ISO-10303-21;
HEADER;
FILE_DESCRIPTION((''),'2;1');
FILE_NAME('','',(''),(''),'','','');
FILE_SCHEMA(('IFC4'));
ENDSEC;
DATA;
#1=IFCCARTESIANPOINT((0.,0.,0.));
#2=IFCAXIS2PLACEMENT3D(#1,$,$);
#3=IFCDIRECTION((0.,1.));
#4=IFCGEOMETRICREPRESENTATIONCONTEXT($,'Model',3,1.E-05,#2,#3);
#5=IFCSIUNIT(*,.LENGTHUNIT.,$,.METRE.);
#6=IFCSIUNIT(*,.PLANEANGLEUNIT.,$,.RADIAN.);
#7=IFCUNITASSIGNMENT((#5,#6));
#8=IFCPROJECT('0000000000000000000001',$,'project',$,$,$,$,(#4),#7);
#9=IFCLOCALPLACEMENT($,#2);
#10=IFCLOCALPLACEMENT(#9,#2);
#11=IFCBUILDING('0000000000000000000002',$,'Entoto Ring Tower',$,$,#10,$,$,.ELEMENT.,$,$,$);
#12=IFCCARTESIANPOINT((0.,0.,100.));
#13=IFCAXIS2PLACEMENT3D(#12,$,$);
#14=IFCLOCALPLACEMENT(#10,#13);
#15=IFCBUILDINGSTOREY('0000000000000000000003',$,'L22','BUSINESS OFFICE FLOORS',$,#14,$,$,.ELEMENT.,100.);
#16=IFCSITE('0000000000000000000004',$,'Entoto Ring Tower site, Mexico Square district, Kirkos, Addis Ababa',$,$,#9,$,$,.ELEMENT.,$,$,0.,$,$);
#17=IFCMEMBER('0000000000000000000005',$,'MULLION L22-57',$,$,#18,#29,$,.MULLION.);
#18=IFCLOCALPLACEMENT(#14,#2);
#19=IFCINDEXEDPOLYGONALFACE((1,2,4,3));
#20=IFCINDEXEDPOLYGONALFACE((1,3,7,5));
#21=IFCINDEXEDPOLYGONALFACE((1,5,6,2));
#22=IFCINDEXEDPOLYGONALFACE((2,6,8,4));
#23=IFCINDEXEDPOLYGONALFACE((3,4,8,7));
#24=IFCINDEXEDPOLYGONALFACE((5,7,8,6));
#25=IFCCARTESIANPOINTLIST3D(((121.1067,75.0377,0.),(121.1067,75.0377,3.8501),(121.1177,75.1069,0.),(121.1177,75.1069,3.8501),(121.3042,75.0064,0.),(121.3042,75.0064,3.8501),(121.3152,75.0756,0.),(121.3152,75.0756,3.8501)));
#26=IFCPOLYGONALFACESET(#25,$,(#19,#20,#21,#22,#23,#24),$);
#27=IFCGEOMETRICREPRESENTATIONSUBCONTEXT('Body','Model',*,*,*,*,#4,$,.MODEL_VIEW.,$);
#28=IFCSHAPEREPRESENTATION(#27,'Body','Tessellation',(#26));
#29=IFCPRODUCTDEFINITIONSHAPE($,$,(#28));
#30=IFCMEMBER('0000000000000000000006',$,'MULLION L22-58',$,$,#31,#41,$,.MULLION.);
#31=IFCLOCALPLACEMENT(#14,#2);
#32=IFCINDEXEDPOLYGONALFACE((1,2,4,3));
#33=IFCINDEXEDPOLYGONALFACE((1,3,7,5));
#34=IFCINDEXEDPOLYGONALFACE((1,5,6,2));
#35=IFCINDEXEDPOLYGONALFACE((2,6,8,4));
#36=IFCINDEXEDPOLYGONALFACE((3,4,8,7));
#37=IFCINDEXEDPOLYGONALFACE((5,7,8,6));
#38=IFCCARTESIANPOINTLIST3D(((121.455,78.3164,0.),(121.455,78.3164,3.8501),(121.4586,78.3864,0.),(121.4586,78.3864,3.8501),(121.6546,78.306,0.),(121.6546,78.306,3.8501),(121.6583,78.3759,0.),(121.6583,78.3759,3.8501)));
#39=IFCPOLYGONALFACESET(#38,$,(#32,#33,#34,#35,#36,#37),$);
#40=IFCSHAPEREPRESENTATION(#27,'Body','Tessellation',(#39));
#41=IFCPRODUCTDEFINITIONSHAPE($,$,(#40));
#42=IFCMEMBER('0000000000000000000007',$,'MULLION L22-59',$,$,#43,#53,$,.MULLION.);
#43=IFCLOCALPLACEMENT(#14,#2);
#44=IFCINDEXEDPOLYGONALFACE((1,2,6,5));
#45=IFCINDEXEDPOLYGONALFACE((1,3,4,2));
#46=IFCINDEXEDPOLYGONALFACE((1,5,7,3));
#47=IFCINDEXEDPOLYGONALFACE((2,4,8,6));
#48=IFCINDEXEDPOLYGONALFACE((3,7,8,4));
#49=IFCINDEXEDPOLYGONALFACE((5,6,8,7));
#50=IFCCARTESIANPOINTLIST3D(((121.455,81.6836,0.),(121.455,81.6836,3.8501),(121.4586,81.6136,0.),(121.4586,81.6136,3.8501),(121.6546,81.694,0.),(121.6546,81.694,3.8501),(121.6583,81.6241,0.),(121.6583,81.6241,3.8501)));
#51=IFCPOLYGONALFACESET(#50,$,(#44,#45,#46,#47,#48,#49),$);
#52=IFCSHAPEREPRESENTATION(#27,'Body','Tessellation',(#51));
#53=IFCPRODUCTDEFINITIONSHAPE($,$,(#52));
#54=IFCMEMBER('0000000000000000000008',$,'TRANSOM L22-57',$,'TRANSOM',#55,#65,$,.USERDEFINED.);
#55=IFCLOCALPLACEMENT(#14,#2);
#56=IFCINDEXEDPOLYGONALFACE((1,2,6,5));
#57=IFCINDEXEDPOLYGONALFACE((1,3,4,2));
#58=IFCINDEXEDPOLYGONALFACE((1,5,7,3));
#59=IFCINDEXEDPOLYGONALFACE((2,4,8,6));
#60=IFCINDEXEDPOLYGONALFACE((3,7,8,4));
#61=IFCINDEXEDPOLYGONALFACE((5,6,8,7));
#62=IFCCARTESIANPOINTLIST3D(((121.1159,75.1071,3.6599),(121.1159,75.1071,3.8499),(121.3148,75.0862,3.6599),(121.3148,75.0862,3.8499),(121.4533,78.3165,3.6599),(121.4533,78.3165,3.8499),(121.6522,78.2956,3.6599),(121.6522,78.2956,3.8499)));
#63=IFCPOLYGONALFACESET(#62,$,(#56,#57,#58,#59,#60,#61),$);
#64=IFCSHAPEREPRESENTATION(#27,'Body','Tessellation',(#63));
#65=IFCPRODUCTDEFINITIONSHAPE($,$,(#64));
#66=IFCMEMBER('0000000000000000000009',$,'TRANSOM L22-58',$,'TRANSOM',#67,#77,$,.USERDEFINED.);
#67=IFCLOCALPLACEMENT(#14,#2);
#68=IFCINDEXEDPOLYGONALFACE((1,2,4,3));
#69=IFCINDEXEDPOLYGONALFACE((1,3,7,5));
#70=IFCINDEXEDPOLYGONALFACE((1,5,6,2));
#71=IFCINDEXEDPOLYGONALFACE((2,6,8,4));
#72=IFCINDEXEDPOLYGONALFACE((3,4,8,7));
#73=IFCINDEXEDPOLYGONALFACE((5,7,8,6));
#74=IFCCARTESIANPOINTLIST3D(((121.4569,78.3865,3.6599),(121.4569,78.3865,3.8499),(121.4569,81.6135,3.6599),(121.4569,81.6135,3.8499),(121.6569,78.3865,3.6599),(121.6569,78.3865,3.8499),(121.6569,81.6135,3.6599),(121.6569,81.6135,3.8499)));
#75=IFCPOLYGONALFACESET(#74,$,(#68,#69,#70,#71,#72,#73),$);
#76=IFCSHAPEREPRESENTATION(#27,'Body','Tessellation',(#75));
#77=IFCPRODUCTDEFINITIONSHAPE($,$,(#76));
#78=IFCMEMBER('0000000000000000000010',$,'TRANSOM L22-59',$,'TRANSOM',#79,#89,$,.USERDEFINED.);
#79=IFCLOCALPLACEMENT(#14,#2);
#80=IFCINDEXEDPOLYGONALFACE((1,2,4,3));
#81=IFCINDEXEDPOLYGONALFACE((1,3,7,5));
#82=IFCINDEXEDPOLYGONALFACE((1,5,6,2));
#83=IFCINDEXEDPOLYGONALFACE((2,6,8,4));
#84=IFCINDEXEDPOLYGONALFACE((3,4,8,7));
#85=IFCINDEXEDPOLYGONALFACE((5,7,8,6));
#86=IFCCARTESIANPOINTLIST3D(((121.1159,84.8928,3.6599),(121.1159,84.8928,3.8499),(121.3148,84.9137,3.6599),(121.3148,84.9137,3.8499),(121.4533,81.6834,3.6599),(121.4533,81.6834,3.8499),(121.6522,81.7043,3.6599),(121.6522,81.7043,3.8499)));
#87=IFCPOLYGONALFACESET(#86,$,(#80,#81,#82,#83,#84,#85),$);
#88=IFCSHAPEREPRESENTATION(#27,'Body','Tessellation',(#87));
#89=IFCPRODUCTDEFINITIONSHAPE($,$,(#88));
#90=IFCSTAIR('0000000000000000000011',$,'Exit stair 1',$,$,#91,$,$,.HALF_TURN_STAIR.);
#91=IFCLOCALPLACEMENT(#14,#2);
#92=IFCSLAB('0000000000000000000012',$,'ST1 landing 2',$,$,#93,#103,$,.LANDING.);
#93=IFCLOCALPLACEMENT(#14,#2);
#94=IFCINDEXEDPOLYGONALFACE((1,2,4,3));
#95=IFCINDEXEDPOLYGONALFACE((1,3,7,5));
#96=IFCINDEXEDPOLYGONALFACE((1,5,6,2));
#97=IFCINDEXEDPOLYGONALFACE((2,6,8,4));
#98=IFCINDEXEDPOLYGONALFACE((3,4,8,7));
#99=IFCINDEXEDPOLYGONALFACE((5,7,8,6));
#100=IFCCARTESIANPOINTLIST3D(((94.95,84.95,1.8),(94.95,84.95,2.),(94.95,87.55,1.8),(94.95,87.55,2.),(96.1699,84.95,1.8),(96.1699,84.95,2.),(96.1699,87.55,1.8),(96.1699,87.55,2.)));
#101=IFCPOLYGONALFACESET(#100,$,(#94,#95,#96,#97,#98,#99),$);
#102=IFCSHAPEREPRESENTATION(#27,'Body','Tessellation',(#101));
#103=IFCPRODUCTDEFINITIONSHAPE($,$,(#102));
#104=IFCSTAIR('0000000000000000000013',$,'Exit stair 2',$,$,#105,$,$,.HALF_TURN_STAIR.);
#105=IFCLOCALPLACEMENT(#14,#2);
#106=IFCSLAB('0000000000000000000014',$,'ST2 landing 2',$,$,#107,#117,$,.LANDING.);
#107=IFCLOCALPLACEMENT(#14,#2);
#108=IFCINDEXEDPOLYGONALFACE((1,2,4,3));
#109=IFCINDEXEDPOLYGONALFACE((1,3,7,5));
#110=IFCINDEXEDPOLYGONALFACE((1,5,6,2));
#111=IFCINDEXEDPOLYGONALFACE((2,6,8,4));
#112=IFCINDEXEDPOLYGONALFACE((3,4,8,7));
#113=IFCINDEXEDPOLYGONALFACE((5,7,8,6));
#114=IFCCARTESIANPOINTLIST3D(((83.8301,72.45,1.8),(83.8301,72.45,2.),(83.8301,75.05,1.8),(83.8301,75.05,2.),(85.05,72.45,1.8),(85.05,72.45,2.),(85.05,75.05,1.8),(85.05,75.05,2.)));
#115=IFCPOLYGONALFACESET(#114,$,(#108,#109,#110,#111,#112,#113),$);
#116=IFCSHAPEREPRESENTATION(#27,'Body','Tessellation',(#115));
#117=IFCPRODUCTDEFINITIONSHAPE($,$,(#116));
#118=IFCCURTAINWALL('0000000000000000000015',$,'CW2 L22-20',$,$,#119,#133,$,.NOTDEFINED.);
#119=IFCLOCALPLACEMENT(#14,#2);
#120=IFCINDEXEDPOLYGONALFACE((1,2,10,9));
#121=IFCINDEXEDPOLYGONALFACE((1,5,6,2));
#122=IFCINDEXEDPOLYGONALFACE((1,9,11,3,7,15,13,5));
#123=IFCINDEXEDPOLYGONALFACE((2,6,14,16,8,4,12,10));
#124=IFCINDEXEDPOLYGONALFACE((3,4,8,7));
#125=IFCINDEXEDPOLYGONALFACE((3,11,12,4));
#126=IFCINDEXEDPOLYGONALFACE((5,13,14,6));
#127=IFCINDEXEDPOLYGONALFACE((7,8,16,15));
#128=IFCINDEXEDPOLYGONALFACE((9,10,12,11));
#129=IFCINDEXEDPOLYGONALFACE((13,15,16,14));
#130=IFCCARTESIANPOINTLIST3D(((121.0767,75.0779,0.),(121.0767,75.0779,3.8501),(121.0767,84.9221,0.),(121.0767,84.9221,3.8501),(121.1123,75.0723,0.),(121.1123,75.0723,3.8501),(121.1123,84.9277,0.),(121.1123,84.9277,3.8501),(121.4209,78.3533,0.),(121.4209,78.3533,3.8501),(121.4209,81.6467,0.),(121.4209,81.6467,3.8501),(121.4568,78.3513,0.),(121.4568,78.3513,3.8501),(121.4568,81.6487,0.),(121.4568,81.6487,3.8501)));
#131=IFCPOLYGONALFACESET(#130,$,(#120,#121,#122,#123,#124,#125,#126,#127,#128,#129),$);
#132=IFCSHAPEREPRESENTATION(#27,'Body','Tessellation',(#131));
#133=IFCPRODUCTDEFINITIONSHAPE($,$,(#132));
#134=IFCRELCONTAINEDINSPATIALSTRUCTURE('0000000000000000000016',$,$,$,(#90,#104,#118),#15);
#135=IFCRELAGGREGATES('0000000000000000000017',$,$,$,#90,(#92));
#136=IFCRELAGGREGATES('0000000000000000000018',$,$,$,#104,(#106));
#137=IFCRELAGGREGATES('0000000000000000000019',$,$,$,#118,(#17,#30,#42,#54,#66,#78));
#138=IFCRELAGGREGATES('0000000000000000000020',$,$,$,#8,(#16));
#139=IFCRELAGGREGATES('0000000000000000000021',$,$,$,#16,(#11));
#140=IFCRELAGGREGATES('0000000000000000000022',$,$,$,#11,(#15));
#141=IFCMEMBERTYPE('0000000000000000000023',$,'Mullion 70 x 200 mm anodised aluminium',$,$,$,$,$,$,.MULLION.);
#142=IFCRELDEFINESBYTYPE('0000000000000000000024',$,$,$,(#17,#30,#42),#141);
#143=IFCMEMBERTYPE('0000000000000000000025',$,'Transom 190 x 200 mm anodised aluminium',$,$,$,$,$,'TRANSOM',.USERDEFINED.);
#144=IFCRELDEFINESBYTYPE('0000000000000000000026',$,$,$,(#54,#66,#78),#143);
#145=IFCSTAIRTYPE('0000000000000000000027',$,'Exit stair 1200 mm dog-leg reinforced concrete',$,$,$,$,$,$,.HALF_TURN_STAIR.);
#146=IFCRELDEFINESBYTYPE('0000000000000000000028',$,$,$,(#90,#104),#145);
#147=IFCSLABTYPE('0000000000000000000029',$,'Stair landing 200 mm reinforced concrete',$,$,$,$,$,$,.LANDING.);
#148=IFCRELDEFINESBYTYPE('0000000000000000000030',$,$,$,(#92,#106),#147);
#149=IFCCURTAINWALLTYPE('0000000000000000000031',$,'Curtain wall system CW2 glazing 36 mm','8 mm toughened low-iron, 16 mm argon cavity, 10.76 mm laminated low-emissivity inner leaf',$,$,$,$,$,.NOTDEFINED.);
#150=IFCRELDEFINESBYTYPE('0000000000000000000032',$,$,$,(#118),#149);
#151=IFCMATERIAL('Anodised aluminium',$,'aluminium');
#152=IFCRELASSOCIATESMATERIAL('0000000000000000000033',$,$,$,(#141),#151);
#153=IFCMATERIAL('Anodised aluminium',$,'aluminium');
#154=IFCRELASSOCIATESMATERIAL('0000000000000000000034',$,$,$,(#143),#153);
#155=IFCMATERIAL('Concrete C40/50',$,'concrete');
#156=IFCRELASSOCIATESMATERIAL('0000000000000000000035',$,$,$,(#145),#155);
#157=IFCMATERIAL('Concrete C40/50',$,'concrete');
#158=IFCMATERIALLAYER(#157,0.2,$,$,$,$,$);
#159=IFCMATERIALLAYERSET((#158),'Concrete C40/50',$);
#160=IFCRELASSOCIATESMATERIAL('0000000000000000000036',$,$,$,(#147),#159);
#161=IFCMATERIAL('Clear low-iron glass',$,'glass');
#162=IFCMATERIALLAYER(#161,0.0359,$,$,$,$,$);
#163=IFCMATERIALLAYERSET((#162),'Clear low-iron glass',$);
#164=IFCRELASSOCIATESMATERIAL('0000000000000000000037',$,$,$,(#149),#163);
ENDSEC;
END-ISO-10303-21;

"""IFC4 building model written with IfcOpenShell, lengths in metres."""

from ifc_helpers import new_model, si_unit, direction, frame, origin, origin_2d, place, context, subcontext, project, spatial, polyline, rectangle, outline, extrude, material, layer, layer_set, material_profile, profile_set, type_object, element, aggregate, save


model = new_model("IFC4")

# Units and contexts
model_context = context("Model", 3, precision=1e-05, world=origin(), true_north=direction((0.0, 1.0)))
body_context = subcontext(model_context, "Body", "Model", "MODEL_VIEW")
ifc_project = project(units=[si_unit("LENGTHUNIT", "METRE"), si_unit("PLANEANGLEUNIT", "RADIAN")], contexts=[model_context])

# Members
ifc_material_1 = material(Name="Anodised aluminium", Category="aluminium")
ifc_material_profile_1 = material_profile(ifc_material_1, rectangle(XDim=0.0701, YDim=0.2, at=origin_2d()), Name="Mullion 70 x 200 mm anodised aluminium")
ifc_profile_set_1 = profile_set([ifc_material_profile_1], Name="Anodised aluminium")
member_type_1 = type_object("IfcMemberType", Name="Mullion 70 x 200 mm anodised aluminium", PredefinedType="MULLION", material=ifc_profile_set_1)
site_placement = place(None, origin())
building_placement = place(site_placement, origin())
storey_placement = place(building_placement, frame((0.0, 0.0, 100.0)))
member_1_placement = place(storey_placement, frame((121.2109, 75.0566, 0.0), z_axis=(0.0, 0.0, 1.0), x_axis=(0.156434, 0.987688, 0.0)))
member_1 = element("IfcMember", 1, at=member_1_placement, type_object=member_type_1, Name="MULLION L22-57", PredefinedType="MULLION", context=body_context, shape_type="SweptSolid", body=[
    extrude(rectangle(XDim=0.0701, YDim=0.2, at=origin_2d()), origin(), (0.0, 0.0, 1.0), 3.8501),
])
member_2_placement = place(storey_placement, frame((121.5566, 78.3462, 0.0), z_axis=(0.0, 0.0, 1.0), x_axis=(0.052336, 0.99863, 0.0)))
member_2 = element("IfcMember", 2, at=member_2_placement, type_object=member_type_1, Name="MULLION L22-58", PredefinedType="MULLION", context=body_context, shape_type="SweptSolid", body=[
    extrude(rectangle(XDim=0.0701, YDim=0.2, at=origin_2d()), origin(), (0.0, 0.0, 1.0), 3.8501),
])
member_3_placement = place(storey_placement, frame((121.5566, 81.6538, 0.0), z_axis=(0.0, 0.0, 1.0), x_axis=(-0.052336, 0.99863, 0.0)))
member_3 = element("IfcMember", 3, at=member_3_placement, type_object=member_type_1, Name="MULLION L22-59", PredefinedType="MULLION", context=body_context, shape_type="SweptSolid", body=[
    extrude(rectangle(XDim=0.0701, YDim=0.2, at=origin_2d()), origin(), (0.0, 0.0, 1.0), 3.8501),
])
ifc_material_2 = material(Name="Anodised aluminium", Category="aluminium")
ifc_material_profile_2 = material_profile(ifc_material_2, rectangle(XDim=0.2, YDim=0.1899, at=origin_2d()), Name="Transom 190 x 200 mm anodised aluminium")
ifc_profile_set_2 = profile_set([ifc_material_profile_2], Name="Anodised aluminium")
member_type_2 = type_object("IfcMemberType", Name="Transom 190 x 200 mm anodised aluminium", ElementType="TRANSOM", PredefinedType="USERDEFINED", material=ifc_profile_set_2)
member_4_placement = place(storey_placement, frame((121.2153, 75.0967, 3.7549), z_axis=(0.104551, 0.99452, 0.0), x_axis=(-0.99452, 0.104551, 0.0)))
member_4 = element("IfcMember", 4, at=member_4_placement, type_object=member_type_2, Name="TRANSOM L22-57", ObjectType="TRANSOM", PredefinedType="USERDEFINED", context=body_context, shape_type="SweptSolid", body=[
    extrude(rectangle(XDim=0.2, YDim=0.1899, at=origin_2d()), origin(), (0.0, 0.0, 1.0), 3.2271),
])
member_5_placement = place(storey_placement, frame((121.5569, 78.3865, 3.7549), z_axis=(0.0, 1.0, 0.0), x_axis=(-1.0, 0.0, 0.0)))
member_5 = element("IfcMember", 5, at=member_5_placement, type_object=member_type_2, Name="TRANSOM L22-58", ObjectType="TRANSOM", PredefinedType="USERDEFINED", context=body_context, shape_type="SweptSolid", body=[
    extrude(rectangle(XDim=0.2, YDim=0.1899, at=origin_2d()), origin(), (0.0, 0.0, 1.0), 3.2271),
])
member_6_placement = place(storey_placement, frame((121.5527, 81.6938, 3.7549), z_axis=(-0.104551, 0.99452, 0.0), x_axis=(-0.99452, -0.104551, 0.0)))
member_6 = element("IfcMember", 6, at=member_6_placement, type_object=member_type_2, Name="TRANSOM L22-59", ObjectType="TRANSOM", PredefinedType="USERDEFINED", context=body_context, shape_type="SweptSolid", body=[
    extrude(rectangle(XDim=0.2, YDim=0.1899, at=origin_2d()), origin(), (0.0, 0.0, 1.0), 3.2271),
])

# Site, building, storey
site = spatial("IfcSite", under=ifc_project, at=site_placement, Name="Entoto Ring Tower site, Mexico Square district, Kirkos, Addis Ababa", CompositionType="ELEMENT", RefElevation=0.0)
building = spatial("IfcBuilding", under=site, at=building_placement, Name="Entoto Ring Tower", CompositionType="ELEMENT")
storey = spatial("IfcBuildingStorey", under=building, at=storey_placement, Name="L22", Description="BUSINESS OFFICE FLOORS", CompositionType="ELEMENT", Elevation=100.0)

# Stairs, slabs
ifc_material_3 = material(Name="Concrete C40/50", Category="concrete")
stair_type = type_object("IfcStairType", Name="Exit stair 1200 mm dog-leg reinforced concrete", PredefinedType="HALF_TURN_STAIR", material=ifc_material_3)
stair_1_placement = place(storey_placement, origin())
stair_1 = element("IfcStair", 7, at=stair_1_placement, inside=storey, type_object=stair_type, Name="Exit stair 1", PredefinedType="HALF_TURN_STAIR")
ifc_material_4 = material(Name="Concrete C40/50", Category="concrete")
ifc_layer_1 = layer(ifc_material_4, 0.2)
ifc_layer_set_1 = layer_set([ifc_layer_1], Name="Concrete C40/50")
slab_type = type_object("IfcSlabType", Name="Stair landing 200 mm reinforced concrete", PredefinedType="LANDING", material=ifc_layer_set_1)
slab_1_placement = place(storey_placement, frame((0.0, 0.0, 1.8)))
slab_1 = element("IfcSlab", 8, at=slab_1_placement, type_object=slab_type, Name="ST1 landing 2", PredefinedType="LANDING", context=body_context, shape_type="SweptSolid", body=[
    extrude(outline(polyline([(94.95, 84.95), (96.1699, 84.95), (96.1699, 87.55), (94.95, 87.55), (94.95, 84.95)])), origin(), (0.0, 0.0, 1.0), 0.2),
])
aggregate(stair_1, [slab_1])
stair_2_placement = place(storey_placement, origin())
stair_2 = element("IfcStair", 9, at=stair_2_placement, inside=storey, type_object=stair_type, Name="Exit stair 2", PredefinedType="HALF_TURN_STAIR")
slab_2_placement = place(storey_placement, frame((0.0, 0.0, 1.8)))
slab_2 = element("IfcSlab", 10, at=slab_2_placement, type_object=slab_type, Name="ST2 landing 2", PredefinedType="LANDING", context=body_context, shape_type="SweptSolid", body=[
    extrude(outline(polyline([(83.8301, 72.45), (85.05, 72.45), (85.05, 75.05), (83.8301, 75.05), (83.8301, 72.45)])), origin(), (0.0, 0.0, 1.0), 0.2),
])
aggregate(stair_2, [slab_2])

# Curtain wall
ifc_material_5 = material(Name="Clear low-iron glass", Category="glass")
ifc_layer_2 = layer(ifc_material_5, 0.0359)
ifc_layer_set_2 = layer_set([ifc_layer_2], Name="Clear low-iron glass")
curtain_wall_type = type_object("IfcCurtainWallType", Name="Curtain wall system CW2 glazing 36 mm", Description="8 mm toughened low-iron, 16 mm argon cavity, 10.76 mm laminated low-emissivity inner leaf", PredefinedType="NOTDEFINED", material=ifc_layer_set_2)
curtain_wall_1_placement = place(storey_placement, origin())
curtain_wall_1 = element("IfcCurtainWall", 11, at=curtain_wall_1_placement, inside=storey, type_object=curtain_wall_type, Name="CW2 L22-20", PredefinedType="NOTDEFINED", context=body_context, shape_type="SweptSolid", body=[
    extrude(outline(polyline([(121.1123, 75.0723), (121.4568, 78.3513), (121.4568, 81.6487), (121.1123, 84.9277), (121.0767, 84.9221), (121.4209, 81.6467), (121.4209, 78.3533), (121.0767, 75.0779), (121.1123, 75.0723)])), origin(), (0.0, 0.0, 1.0), 3.8501),
])
aggregate(curtain_wall_1, [member_1, member_2, member_3, member_4, member_5, member_6])

save(model, "model.ifc")
